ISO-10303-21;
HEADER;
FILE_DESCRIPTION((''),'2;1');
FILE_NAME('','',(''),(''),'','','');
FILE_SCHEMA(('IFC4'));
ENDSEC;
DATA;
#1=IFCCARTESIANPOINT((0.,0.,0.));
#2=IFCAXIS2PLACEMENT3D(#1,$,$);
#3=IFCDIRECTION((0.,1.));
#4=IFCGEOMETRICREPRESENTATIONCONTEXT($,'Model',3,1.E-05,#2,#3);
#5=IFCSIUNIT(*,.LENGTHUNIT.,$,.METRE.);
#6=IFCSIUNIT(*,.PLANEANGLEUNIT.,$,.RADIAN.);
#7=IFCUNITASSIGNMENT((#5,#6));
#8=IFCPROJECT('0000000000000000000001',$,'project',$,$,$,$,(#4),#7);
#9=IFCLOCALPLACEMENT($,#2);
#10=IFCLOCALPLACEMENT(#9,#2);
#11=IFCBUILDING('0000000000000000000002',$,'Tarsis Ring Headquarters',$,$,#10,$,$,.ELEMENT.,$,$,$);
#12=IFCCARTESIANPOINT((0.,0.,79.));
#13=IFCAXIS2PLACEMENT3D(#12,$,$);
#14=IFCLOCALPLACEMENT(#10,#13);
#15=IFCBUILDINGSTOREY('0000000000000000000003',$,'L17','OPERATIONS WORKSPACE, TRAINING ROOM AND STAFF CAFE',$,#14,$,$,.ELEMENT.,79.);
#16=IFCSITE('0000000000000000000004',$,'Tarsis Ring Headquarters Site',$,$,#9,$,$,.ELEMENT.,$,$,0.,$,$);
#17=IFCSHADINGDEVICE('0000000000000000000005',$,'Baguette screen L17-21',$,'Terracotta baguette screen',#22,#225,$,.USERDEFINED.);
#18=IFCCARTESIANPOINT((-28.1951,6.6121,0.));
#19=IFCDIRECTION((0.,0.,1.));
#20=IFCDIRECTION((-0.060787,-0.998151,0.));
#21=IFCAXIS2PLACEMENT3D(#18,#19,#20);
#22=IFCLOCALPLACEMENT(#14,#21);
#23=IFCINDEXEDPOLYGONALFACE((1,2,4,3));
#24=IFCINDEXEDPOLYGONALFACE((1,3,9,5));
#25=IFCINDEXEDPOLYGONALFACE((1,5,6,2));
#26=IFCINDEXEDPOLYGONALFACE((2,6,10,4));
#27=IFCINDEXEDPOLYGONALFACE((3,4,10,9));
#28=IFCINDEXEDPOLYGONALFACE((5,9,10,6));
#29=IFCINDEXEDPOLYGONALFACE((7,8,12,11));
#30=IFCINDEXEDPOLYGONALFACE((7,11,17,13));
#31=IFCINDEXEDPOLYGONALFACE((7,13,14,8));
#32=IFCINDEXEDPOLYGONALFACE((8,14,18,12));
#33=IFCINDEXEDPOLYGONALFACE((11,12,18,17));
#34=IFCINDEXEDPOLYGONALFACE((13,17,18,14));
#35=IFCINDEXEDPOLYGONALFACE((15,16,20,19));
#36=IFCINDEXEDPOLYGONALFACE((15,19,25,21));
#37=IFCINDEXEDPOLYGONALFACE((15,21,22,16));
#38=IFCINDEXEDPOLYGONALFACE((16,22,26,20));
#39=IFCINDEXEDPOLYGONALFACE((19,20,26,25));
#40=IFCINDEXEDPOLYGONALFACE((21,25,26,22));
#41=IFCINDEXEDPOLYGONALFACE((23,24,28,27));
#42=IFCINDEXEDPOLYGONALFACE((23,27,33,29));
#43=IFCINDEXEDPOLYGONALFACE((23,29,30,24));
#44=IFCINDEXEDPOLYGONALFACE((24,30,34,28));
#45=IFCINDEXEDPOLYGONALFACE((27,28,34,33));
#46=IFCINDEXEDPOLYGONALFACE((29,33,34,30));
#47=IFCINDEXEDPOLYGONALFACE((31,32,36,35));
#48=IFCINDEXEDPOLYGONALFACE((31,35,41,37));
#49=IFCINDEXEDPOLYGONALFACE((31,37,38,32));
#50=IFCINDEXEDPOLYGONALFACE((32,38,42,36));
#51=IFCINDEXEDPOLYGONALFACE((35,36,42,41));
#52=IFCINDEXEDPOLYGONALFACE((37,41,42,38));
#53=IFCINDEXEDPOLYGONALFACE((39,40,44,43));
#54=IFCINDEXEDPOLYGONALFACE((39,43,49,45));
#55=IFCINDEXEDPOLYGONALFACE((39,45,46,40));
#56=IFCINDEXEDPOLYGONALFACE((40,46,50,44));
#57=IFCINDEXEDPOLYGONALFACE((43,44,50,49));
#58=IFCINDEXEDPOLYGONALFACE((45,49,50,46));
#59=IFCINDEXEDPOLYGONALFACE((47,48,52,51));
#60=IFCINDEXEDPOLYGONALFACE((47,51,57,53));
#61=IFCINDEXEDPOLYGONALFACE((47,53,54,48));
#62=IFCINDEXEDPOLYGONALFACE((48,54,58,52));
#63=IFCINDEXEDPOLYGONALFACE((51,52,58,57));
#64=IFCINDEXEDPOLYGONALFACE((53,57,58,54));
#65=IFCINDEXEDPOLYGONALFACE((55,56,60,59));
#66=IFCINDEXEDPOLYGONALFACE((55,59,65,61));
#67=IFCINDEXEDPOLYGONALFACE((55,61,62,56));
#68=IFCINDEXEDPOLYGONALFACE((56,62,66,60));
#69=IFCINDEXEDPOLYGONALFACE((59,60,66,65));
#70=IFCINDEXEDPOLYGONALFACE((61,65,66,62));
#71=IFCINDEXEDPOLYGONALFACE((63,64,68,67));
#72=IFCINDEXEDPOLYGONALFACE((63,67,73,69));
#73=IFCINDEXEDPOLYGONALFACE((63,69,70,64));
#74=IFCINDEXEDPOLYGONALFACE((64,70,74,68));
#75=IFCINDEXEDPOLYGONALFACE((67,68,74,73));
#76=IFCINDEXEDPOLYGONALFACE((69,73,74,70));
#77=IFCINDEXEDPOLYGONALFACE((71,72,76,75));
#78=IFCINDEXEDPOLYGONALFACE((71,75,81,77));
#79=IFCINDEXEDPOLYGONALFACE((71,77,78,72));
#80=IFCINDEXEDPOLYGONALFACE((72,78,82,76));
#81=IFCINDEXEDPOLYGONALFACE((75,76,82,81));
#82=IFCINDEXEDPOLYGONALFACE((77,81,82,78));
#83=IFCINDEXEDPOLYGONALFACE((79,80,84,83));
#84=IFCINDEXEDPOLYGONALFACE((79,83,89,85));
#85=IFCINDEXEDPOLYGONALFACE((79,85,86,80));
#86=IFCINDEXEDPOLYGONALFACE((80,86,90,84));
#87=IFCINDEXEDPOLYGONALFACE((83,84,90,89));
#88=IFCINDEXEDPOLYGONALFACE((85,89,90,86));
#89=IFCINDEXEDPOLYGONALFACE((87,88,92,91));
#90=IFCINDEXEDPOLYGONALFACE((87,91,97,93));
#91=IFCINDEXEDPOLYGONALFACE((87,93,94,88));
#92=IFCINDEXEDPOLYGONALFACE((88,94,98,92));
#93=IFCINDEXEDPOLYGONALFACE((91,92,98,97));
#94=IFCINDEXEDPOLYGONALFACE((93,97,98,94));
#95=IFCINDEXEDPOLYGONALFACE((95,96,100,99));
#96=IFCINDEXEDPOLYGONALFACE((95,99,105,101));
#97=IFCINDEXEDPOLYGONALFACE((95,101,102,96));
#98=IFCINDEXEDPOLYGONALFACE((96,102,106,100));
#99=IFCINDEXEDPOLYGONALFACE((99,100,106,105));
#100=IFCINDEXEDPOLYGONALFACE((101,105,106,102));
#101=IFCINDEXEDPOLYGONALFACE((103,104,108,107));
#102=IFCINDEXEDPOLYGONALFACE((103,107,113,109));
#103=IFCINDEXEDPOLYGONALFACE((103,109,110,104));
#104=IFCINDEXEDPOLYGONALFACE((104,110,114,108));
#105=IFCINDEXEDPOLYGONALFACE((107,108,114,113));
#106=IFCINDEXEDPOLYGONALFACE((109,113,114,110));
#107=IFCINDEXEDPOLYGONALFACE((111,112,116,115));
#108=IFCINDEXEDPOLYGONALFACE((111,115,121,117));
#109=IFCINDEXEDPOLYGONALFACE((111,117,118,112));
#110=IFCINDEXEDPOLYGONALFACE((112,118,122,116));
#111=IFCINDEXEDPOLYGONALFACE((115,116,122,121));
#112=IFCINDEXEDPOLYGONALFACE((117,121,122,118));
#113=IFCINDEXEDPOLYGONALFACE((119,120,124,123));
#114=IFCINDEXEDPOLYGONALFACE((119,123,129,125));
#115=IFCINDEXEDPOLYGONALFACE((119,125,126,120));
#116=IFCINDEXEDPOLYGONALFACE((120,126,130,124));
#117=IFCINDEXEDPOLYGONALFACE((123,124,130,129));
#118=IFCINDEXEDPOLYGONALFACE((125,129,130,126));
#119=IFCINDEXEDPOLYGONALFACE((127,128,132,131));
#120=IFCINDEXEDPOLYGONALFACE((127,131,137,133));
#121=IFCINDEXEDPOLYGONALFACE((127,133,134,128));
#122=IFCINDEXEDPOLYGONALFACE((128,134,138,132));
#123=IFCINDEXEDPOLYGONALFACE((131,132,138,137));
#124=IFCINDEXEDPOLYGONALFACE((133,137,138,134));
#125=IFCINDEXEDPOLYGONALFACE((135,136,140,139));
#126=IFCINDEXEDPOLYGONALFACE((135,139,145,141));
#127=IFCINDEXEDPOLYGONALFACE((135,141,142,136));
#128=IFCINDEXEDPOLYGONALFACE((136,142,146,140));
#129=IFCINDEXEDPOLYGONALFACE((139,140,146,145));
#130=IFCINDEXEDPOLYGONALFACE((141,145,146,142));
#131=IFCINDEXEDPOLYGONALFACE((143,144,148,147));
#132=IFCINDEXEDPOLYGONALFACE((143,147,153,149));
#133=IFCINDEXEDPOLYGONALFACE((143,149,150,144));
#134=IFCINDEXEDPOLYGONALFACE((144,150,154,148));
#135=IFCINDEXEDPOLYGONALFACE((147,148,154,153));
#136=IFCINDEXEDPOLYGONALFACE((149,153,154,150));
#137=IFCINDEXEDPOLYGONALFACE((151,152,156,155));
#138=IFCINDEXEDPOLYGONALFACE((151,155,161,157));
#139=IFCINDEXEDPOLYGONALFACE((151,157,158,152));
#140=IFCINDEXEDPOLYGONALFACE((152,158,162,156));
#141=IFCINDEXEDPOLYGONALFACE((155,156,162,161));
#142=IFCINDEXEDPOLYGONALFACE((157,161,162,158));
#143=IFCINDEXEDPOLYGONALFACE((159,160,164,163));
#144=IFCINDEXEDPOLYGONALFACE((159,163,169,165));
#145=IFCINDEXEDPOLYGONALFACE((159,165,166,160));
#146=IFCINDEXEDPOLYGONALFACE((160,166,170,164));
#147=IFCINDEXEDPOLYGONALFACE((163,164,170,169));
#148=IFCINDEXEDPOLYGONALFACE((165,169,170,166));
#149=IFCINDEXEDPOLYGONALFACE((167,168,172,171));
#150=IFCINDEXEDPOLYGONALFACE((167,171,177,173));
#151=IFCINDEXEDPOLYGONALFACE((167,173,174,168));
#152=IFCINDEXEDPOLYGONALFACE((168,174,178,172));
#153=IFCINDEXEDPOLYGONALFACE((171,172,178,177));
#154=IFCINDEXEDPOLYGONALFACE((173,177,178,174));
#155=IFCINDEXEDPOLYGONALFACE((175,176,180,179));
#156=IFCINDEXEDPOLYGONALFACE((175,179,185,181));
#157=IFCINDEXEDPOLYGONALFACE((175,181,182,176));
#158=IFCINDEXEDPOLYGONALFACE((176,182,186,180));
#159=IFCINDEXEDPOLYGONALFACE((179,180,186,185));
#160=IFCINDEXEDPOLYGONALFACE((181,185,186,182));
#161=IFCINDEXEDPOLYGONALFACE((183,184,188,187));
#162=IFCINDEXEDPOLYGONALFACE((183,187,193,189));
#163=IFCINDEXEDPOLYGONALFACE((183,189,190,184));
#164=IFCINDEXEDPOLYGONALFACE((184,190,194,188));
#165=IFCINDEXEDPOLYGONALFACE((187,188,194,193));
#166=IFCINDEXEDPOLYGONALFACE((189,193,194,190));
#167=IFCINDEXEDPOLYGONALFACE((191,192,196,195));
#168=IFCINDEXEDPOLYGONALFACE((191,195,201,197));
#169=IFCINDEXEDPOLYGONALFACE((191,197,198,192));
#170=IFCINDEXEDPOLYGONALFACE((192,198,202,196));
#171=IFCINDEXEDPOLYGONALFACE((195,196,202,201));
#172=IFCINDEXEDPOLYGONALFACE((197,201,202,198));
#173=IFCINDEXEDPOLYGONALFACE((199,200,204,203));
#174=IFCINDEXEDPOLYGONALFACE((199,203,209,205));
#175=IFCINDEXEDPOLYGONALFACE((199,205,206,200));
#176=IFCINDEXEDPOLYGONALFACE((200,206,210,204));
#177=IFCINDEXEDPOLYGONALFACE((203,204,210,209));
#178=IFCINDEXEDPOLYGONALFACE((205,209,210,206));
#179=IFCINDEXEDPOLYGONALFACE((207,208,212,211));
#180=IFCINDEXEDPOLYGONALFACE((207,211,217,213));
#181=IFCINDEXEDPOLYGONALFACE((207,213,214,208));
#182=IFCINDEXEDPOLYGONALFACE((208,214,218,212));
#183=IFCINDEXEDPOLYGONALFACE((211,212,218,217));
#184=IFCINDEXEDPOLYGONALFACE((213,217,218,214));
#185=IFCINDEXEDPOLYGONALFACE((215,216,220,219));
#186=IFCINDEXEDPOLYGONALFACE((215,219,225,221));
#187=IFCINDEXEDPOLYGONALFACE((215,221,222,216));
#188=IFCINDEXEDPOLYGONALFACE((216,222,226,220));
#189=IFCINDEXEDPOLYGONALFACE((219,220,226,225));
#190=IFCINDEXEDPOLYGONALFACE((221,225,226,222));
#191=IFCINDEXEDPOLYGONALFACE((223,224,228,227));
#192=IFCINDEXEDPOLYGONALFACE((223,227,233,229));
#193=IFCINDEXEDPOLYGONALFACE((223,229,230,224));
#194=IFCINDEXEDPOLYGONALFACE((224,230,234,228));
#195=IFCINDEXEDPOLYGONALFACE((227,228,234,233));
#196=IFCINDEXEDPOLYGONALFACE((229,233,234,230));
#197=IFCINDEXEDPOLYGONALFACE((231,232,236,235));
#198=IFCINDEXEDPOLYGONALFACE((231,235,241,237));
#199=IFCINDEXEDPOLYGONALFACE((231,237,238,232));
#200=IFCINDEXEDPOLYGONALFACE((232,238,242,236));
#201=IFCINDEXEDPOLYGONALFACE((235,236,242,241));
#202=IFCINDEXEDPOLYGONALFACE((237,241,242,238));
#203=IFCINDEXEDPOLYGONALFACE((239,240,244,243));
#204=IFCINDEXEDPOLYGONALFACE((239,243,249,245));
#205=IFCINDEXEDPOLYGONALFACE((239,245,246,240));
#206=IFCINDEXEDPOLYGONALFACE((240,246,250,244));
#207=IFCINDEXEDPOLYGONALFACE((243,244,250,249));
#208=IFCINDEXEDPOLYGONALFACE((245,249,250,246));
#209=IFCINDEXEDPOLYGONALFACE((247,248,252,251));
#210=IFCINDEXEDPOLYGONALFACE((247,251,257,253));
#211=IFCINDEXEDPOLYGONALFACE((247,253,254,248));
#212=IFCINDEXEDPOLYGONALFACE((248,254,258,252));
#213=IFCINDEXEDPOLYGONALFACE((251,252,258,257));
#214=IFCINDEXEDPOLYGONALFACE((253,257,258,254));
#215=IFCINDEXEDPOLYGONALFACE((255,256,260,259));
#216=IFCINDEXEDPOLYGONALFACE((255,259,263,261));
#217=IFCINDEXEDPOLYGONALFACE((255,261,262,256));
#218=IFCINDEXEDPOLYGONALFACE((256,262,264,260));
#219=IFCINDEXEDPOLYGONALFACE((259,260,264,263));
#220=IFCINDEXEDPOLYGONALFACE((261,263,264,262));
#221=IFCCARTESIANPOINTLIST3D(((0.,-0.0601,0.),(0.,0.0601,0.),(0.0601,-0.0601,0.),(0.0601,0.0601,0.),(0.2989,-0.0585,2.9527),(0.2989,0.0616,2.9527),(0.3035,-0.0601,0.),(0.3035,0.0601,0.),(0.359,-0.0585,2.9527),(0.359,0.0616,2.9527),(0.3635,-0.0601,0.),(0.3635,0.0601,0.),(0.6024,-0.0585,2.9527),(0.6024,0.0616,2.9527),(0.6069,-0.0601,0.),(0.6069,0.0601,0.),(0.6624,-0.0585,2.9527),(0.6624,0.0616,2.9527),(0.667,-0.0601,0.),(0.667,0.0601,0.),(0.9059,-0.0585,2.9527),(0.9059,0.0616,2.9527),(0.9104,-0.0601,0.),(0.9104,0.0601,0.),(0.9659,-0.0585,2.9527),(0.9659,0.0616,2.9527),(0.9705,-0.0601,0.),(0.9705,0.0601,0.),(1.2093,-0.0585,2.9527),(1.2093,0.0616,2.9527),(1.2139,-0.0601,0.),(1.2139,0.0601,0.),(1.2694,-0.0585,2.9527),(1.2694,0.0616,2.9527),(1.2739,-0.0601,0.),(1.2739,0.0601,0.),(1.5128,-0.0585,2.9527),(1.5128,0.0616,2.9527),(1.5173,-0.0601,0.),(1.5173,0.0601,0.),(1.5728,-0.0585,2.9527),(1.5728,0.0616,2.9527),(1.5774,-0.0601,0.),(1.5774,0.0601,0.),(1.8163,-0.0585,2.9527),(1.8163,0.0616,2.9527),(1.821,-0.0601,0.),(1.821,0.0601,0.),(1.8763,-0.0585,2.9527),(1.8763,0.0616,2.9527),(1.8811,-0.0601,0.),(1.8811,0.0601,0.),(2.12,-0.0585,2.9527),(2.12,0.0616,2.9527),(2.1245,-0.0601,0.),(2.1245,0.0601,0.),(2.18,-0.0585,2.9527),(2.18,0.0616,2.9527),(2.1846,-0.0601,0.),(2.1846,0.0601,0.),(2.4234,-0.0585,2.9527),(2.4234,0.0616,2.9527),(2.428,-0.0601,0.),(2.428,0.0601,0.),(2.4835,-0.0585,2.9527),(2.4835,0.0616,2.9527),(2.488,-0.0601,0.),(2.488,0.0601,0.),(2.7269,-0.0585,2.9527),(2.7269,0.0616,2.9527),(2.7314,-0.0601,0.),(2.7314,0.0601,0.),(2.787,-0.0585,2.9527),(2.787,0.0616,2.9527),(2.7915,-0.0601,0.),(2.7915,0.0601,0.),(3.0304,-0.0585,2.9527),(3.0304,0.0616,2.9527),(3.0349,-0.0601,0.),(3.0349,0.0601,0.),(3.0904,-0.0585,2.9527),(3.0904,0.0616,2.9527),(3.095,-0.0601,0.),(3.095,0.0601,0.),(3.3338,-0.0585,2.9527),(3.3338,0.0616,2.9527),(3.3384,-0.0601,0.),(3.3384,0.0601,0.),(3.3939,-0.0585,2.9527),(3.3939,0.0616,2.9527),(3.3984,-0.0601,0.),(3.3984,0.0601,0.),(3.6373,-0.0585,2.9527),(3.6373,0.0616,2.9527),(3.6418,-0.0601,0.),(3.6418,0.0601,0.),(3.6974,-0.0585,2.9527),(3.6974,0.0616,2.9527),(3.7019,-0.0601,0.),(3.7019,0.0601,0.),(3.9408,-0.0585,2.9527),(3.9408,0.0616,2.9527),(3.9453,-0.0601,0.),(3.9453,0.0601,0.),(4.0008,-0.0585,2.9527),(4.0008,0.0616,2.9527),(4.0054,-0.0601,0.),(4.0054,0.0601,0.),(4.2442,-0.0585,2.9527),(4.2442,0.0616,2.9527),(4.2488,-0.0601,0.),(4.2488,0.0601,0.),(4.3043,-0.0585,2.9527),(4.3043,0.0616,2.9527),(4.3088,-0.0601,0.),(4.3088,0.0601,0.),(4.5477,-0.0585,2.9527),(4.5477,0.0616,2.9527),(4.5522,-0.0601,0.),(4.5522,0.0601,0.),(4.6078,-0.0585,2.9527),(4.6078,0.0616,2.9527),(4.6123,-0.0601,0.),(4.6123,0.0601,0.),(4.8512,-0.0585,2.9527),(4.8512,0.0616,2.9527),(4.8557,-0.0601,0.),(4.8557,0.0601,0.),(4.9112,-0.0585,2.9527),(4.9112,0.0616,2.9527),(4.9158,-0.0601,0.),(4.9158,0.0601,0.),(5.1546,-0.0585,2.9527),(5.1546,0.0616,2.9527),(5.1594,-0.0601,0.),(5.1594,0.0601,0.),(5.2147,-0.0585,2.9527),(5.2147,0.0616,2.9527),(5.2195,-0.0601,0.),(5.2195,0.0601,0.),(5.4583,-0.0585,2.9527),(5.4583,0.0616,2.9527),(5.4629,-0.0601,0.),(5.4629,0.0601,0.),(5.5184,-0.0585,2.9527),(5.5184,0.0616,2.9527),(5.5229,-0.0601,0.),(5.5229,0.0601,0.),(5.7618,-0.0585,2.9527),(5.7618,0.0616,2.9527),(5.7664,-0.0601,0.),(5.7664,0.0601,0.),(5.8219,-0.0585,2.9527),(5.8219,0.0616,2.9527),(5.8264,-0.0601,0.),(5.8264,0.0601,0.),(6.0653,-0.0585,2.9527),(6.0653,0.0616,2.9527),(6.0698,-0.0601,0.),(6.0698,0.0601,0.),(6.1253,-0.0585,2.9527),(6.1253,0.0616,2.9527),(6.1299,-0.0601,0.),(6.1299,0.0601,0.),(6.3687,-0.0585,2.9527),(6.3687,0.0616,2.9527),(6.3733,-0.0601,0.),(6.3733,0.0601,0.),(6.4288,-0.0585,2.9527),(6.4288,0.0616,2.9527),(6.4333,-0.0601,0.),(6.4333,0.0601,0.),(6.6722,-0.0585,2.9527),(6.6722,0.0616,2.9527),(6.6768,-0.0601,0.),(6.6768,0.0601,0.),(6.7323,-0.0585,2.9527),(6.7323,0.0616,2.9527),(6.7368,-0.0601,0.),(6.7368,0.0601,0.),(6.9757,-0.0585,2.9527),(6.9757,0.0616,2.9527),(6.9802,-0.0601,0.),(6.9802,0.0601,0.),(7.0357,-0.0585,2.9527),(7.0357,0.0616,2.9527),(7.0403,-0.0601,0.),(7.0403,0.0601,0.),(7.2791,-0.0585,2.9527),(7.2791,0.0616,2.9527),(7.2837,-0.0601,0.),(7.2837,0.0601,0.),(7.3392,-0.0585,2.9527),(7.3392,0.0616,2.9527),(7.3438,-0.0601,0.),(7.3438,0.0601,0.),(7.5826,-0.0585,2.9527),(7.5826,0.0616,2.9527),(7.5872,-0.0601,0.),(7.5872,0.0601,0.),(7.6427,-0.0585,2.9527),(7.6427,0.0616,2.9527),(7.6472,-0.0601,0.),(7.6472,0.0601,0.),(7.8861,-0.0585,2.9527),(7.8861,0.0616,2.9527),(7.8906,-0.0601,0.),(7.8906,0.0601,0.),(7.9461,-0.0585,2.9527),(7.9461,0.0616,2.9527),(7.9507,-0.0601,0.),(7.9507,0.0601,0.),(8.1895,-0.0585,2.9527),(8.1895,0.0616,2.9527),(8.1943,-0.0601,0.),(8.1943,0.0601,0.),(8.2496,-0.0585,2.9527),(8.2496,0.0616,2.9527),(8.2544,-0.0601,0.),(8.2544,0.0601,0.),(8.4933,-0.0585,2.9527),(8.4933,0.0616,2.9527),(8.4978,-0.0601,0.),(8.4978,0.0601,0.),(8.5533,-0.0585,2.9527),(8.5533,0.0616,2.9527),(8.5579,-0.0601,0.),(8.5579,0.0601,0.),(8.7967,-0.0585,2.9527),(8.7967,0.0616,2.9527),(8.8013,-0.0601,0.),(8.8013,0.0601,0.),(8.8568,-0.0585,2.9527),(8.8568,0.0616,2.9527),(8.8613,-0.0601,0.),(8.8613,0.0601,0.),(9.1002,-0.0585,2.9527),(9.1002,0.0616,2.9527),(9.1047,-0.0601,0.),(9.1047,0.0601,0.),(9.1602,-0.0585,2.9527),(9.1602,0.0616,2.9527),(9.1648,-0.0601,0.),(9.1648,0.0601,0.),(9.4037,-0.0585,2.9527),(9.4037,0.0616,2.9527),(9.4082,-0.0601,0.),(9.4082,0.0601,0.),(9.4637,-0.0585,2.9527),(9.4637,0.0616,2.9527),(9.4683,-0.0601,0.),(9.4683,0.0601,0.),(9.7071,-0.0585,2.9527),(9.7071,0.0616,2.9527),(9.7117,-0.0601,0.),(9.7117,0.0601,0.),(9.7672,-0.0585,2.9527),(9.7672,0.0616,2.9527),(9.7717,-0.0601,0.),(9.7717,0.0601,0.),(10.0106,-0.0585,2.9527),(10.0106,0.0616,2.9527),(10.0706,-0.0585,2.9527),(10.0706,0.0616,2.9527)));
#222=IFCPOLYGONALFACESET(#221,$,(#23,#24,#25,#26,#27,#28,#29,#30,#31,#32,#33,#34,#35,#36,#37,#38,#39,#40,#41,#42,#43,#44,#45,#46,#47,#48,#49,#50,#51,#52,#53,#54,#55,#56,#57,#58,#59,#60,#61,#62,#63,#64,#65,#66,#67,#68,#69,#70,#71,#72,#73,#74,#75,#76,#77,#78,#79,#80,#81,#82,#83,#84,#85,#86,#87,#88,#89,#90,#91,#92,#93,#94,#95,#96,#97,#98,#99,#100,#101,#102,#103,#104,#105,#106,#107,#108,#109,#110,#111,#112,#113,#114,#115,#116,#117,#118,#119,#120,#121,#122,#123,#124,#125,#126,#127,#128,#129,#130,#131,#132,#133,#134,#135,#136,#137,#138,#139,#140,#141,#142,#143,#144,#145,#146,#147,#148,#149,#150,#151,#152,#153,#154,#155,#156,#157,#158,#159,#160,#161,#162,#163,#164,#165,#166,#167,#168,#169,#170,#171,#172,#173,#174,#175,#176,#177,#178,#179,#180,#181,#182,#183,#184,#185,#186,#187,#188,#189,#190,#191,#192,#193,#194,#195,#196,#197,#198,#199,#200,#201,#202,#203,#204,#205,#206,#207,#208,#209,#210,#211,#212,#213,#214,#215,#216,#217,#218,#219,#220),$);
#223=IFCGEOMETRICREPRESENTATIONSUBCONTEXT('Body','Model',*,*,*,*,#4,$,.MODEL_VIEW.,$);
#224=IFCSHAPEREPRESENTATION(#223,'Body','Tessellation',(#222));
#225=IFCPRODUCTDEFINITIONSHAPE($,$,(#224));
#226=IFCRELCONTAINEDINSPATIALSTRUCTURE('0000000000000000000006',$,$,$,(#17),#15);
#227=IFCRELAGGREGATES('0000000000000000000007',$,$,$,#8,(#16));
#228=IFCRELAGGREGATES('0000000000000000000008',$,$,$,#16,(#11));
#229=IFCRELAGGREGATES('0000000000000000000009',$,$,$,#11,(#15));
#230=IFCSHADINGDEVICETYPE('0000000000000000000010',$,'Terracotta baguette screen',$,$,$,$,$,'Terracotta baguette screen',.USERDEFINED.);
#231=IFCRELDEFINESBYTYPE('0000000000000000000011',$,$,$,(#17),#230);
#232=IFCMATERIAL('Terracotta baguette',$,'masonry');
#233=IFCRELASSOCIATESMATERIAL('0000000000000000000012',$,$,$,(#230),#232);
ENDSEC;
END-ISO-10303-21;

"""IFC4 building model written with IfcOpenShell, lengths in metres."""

from ifc_helpers import new_model, si_unit, direction, frame, frame_2d, origin, place, context, subcontext, project, spatial, rectangle, composite_profile, extrude, material, type_object, element, save


model = new_model("IFC4")

# Units and contexts
model_context = context("Model", 3, precision=1e-05, world=origin(), true_north=direction((0.0, 1.0)))
body_context = subcontext(model_context, "Body", "Model", "MODEL_VIEW")
ifc_project = project(units=[si_unit("LENGTHUNIT", "METRE"), si_unit("PLANEANGLEUNIT", "RADIAN")], contexts=[model_context])

# Site, building, storey
site_placement = place(None, origin())
site = spatial("IfcSite", under=ifc_project, at=site_placement, Name="Tarsis Ring Headquarters Site", CompositionType="ELEMENT", RefElevation=0.0)
building_placement = place(site_placement, origin())
building = spatial("IfcBuilding", under=site, at=building_placement, Name="Tarsis Ring Headquarters", CompositionType="ELEMENT")
storey_placement = place(building_placement, frame((0.0, 0.0, 79.0)))
storey = spatial("IfcBuildingStorey", under=building, at=storey_placement, Name="L17", Description="OPERATIONS WORKSPACE, TRAINING ROOM AND STAFF CAFE", CompositionType="ELEMENT", Elevation=79.0)

# Shading device
ifc_material_1 = material(Name="Terracotta baguette", Category="masonry")
shading_device_type = type_object("IfcShadingDeviceType", Name="Terracotta baguette screen", ElementType="Terracotta baguette screen", PredefinedType="USERDEFINED", material=ifc_material_1)
shading_device_placement = place(storey_placement, frame((-28.1951, 6.6121, 0.0), z_axis=(0.0, 0.0, 1.0), x_axis=(-0.060787, -0.998151, 0.0)))
element("IfcShadingDevice", 1, at=shading_device_placement, inside=storey, type_object=shading_device_type, Name="Baguette screen L17-21", ObjectType="Terracotta baguette screen", PredefinedType="USERDEFINED", context=body_context, shape_type="SweptSolid", body=[
    extrude(composite_profile([rectangle(XDim=0.0601, YDim=0.1201, at=frame_2d((0.03, 0.0))), rectangle(XDim=0.0601, YDim=0.1201, at=frame_2d((0.3335, 0.0))), rectangle(XDim=0.0601, YDim=0.1201, at=frame_2d((0.637, 0.0))), rectangle(XDim=0.0601, YDim=0.1201, at=frame_2d((0.9404, 0.0))), rectangle(XDim=0.0601, YDim=0.1201, at=frame_2d((1.2439, 0.0))), rectangle(XDim=0.0601, YDim=0.1201, at=frame_2d((1.5474, 0.0))), rectangle(XDim=0.0601, YDim=0.1201, at=frame_2d((1.8511, 0.0))), rectangle(XDim=0.0601, YDim=0.1201, at=frame_2d((2.1545, 0.0))), rectangle(XDim=0.0601, YDim=0.1201, at=frame_2d((2.458, 0.0))), rectangle(XDim=0.0601, YDim=0.1201, at=frame_2d((2.7615, 0.0))), rectangle(XDim=0.0601, YDim=0.1201, at=frame_2d((3.0649, 0.0))), rectangle(XDim=0.0601, YDim=0.1201, at=frame_2d((3.3684, 0.0))), rectangle(XDim=0.0601, YDim=0.1201, at=frame_2d((3.6719, 0.0))), rectangle(XDim=0.0601, YDim=0.1201, at=frame_2d((3.9753, 0.0))), rectangle(XDim=0.0601, YDim=0.1201, at=frame_2d((4.2788, 0.0))), rectangle(XDim=0.0601, YDim=0.1201, at=frame_2d((4.5823, 0.0))), rectangle(XDim=0.0601, YDim=0.1201, at=frame_2d((4.8857, 0.0))), rectangle(XDim=0.0601, YDim=0.1201, at=frame_2d((5.1895, 0.0))), rectangle(XDim=0.0601, YDim=0.1201, at=frame_2d((5.4929, 0.0))), rectangle(XDim=0.0601, YDim=0.1201, at=frame_2d((5.7964, 0.0))), rectangle(XDim=0.0601, YDim=0.1201, at=frame_2d((6.0999, 0.0))), rectangle(XDim=0.0601, YDim=0.1201, at=frame_2d((6.4033, 0.0))), rectangle(XDim=0.0601, YDim=0.1201, at=frame_2d((6.7068, 0.0))), rectangle(XDim=0.0601, YDim=0.1201, at=frame_2d((7.0103, 0.0))), rectangle(XDim=0.0601, YDim=0.1201, at=frame_2d((7.3137, 0.0))), rectangle(XDim=0.0601, YDim=0.1201, at=frame_2d((7.6172, 0.0))), rectangle(XDim=0.0601, YDim=0.1201, at=frame_2d((7.9207, 0.0))), rectangle(XDim=0.0601, YDim=0.1201, at=frame_2d((8.2244, 0.0))), rectangle(XDim=0.0601, YDim=0.1201, at=frame_2d((8.5278, 0.0))), rectangle(XDim=0.0601, YDim=0.1201, at=frame_2d((8.8313, 0.0))), rectangle(XDim=0.0601, YDim=0.1201, at=frame_2d((9.1348, 0.0))), rectangle(XDim=0.0601, YDim=0.1201, at=frame_2d((9.4382, 0.0))), rectangle(XDim=0.0601, YDim=0.1201, at=frame_2d((9.7417, 0.0)))]), origin(), (0.100722, 0.000527, 0.994914), 2.9678),
])

save(model, "model.ifc")
